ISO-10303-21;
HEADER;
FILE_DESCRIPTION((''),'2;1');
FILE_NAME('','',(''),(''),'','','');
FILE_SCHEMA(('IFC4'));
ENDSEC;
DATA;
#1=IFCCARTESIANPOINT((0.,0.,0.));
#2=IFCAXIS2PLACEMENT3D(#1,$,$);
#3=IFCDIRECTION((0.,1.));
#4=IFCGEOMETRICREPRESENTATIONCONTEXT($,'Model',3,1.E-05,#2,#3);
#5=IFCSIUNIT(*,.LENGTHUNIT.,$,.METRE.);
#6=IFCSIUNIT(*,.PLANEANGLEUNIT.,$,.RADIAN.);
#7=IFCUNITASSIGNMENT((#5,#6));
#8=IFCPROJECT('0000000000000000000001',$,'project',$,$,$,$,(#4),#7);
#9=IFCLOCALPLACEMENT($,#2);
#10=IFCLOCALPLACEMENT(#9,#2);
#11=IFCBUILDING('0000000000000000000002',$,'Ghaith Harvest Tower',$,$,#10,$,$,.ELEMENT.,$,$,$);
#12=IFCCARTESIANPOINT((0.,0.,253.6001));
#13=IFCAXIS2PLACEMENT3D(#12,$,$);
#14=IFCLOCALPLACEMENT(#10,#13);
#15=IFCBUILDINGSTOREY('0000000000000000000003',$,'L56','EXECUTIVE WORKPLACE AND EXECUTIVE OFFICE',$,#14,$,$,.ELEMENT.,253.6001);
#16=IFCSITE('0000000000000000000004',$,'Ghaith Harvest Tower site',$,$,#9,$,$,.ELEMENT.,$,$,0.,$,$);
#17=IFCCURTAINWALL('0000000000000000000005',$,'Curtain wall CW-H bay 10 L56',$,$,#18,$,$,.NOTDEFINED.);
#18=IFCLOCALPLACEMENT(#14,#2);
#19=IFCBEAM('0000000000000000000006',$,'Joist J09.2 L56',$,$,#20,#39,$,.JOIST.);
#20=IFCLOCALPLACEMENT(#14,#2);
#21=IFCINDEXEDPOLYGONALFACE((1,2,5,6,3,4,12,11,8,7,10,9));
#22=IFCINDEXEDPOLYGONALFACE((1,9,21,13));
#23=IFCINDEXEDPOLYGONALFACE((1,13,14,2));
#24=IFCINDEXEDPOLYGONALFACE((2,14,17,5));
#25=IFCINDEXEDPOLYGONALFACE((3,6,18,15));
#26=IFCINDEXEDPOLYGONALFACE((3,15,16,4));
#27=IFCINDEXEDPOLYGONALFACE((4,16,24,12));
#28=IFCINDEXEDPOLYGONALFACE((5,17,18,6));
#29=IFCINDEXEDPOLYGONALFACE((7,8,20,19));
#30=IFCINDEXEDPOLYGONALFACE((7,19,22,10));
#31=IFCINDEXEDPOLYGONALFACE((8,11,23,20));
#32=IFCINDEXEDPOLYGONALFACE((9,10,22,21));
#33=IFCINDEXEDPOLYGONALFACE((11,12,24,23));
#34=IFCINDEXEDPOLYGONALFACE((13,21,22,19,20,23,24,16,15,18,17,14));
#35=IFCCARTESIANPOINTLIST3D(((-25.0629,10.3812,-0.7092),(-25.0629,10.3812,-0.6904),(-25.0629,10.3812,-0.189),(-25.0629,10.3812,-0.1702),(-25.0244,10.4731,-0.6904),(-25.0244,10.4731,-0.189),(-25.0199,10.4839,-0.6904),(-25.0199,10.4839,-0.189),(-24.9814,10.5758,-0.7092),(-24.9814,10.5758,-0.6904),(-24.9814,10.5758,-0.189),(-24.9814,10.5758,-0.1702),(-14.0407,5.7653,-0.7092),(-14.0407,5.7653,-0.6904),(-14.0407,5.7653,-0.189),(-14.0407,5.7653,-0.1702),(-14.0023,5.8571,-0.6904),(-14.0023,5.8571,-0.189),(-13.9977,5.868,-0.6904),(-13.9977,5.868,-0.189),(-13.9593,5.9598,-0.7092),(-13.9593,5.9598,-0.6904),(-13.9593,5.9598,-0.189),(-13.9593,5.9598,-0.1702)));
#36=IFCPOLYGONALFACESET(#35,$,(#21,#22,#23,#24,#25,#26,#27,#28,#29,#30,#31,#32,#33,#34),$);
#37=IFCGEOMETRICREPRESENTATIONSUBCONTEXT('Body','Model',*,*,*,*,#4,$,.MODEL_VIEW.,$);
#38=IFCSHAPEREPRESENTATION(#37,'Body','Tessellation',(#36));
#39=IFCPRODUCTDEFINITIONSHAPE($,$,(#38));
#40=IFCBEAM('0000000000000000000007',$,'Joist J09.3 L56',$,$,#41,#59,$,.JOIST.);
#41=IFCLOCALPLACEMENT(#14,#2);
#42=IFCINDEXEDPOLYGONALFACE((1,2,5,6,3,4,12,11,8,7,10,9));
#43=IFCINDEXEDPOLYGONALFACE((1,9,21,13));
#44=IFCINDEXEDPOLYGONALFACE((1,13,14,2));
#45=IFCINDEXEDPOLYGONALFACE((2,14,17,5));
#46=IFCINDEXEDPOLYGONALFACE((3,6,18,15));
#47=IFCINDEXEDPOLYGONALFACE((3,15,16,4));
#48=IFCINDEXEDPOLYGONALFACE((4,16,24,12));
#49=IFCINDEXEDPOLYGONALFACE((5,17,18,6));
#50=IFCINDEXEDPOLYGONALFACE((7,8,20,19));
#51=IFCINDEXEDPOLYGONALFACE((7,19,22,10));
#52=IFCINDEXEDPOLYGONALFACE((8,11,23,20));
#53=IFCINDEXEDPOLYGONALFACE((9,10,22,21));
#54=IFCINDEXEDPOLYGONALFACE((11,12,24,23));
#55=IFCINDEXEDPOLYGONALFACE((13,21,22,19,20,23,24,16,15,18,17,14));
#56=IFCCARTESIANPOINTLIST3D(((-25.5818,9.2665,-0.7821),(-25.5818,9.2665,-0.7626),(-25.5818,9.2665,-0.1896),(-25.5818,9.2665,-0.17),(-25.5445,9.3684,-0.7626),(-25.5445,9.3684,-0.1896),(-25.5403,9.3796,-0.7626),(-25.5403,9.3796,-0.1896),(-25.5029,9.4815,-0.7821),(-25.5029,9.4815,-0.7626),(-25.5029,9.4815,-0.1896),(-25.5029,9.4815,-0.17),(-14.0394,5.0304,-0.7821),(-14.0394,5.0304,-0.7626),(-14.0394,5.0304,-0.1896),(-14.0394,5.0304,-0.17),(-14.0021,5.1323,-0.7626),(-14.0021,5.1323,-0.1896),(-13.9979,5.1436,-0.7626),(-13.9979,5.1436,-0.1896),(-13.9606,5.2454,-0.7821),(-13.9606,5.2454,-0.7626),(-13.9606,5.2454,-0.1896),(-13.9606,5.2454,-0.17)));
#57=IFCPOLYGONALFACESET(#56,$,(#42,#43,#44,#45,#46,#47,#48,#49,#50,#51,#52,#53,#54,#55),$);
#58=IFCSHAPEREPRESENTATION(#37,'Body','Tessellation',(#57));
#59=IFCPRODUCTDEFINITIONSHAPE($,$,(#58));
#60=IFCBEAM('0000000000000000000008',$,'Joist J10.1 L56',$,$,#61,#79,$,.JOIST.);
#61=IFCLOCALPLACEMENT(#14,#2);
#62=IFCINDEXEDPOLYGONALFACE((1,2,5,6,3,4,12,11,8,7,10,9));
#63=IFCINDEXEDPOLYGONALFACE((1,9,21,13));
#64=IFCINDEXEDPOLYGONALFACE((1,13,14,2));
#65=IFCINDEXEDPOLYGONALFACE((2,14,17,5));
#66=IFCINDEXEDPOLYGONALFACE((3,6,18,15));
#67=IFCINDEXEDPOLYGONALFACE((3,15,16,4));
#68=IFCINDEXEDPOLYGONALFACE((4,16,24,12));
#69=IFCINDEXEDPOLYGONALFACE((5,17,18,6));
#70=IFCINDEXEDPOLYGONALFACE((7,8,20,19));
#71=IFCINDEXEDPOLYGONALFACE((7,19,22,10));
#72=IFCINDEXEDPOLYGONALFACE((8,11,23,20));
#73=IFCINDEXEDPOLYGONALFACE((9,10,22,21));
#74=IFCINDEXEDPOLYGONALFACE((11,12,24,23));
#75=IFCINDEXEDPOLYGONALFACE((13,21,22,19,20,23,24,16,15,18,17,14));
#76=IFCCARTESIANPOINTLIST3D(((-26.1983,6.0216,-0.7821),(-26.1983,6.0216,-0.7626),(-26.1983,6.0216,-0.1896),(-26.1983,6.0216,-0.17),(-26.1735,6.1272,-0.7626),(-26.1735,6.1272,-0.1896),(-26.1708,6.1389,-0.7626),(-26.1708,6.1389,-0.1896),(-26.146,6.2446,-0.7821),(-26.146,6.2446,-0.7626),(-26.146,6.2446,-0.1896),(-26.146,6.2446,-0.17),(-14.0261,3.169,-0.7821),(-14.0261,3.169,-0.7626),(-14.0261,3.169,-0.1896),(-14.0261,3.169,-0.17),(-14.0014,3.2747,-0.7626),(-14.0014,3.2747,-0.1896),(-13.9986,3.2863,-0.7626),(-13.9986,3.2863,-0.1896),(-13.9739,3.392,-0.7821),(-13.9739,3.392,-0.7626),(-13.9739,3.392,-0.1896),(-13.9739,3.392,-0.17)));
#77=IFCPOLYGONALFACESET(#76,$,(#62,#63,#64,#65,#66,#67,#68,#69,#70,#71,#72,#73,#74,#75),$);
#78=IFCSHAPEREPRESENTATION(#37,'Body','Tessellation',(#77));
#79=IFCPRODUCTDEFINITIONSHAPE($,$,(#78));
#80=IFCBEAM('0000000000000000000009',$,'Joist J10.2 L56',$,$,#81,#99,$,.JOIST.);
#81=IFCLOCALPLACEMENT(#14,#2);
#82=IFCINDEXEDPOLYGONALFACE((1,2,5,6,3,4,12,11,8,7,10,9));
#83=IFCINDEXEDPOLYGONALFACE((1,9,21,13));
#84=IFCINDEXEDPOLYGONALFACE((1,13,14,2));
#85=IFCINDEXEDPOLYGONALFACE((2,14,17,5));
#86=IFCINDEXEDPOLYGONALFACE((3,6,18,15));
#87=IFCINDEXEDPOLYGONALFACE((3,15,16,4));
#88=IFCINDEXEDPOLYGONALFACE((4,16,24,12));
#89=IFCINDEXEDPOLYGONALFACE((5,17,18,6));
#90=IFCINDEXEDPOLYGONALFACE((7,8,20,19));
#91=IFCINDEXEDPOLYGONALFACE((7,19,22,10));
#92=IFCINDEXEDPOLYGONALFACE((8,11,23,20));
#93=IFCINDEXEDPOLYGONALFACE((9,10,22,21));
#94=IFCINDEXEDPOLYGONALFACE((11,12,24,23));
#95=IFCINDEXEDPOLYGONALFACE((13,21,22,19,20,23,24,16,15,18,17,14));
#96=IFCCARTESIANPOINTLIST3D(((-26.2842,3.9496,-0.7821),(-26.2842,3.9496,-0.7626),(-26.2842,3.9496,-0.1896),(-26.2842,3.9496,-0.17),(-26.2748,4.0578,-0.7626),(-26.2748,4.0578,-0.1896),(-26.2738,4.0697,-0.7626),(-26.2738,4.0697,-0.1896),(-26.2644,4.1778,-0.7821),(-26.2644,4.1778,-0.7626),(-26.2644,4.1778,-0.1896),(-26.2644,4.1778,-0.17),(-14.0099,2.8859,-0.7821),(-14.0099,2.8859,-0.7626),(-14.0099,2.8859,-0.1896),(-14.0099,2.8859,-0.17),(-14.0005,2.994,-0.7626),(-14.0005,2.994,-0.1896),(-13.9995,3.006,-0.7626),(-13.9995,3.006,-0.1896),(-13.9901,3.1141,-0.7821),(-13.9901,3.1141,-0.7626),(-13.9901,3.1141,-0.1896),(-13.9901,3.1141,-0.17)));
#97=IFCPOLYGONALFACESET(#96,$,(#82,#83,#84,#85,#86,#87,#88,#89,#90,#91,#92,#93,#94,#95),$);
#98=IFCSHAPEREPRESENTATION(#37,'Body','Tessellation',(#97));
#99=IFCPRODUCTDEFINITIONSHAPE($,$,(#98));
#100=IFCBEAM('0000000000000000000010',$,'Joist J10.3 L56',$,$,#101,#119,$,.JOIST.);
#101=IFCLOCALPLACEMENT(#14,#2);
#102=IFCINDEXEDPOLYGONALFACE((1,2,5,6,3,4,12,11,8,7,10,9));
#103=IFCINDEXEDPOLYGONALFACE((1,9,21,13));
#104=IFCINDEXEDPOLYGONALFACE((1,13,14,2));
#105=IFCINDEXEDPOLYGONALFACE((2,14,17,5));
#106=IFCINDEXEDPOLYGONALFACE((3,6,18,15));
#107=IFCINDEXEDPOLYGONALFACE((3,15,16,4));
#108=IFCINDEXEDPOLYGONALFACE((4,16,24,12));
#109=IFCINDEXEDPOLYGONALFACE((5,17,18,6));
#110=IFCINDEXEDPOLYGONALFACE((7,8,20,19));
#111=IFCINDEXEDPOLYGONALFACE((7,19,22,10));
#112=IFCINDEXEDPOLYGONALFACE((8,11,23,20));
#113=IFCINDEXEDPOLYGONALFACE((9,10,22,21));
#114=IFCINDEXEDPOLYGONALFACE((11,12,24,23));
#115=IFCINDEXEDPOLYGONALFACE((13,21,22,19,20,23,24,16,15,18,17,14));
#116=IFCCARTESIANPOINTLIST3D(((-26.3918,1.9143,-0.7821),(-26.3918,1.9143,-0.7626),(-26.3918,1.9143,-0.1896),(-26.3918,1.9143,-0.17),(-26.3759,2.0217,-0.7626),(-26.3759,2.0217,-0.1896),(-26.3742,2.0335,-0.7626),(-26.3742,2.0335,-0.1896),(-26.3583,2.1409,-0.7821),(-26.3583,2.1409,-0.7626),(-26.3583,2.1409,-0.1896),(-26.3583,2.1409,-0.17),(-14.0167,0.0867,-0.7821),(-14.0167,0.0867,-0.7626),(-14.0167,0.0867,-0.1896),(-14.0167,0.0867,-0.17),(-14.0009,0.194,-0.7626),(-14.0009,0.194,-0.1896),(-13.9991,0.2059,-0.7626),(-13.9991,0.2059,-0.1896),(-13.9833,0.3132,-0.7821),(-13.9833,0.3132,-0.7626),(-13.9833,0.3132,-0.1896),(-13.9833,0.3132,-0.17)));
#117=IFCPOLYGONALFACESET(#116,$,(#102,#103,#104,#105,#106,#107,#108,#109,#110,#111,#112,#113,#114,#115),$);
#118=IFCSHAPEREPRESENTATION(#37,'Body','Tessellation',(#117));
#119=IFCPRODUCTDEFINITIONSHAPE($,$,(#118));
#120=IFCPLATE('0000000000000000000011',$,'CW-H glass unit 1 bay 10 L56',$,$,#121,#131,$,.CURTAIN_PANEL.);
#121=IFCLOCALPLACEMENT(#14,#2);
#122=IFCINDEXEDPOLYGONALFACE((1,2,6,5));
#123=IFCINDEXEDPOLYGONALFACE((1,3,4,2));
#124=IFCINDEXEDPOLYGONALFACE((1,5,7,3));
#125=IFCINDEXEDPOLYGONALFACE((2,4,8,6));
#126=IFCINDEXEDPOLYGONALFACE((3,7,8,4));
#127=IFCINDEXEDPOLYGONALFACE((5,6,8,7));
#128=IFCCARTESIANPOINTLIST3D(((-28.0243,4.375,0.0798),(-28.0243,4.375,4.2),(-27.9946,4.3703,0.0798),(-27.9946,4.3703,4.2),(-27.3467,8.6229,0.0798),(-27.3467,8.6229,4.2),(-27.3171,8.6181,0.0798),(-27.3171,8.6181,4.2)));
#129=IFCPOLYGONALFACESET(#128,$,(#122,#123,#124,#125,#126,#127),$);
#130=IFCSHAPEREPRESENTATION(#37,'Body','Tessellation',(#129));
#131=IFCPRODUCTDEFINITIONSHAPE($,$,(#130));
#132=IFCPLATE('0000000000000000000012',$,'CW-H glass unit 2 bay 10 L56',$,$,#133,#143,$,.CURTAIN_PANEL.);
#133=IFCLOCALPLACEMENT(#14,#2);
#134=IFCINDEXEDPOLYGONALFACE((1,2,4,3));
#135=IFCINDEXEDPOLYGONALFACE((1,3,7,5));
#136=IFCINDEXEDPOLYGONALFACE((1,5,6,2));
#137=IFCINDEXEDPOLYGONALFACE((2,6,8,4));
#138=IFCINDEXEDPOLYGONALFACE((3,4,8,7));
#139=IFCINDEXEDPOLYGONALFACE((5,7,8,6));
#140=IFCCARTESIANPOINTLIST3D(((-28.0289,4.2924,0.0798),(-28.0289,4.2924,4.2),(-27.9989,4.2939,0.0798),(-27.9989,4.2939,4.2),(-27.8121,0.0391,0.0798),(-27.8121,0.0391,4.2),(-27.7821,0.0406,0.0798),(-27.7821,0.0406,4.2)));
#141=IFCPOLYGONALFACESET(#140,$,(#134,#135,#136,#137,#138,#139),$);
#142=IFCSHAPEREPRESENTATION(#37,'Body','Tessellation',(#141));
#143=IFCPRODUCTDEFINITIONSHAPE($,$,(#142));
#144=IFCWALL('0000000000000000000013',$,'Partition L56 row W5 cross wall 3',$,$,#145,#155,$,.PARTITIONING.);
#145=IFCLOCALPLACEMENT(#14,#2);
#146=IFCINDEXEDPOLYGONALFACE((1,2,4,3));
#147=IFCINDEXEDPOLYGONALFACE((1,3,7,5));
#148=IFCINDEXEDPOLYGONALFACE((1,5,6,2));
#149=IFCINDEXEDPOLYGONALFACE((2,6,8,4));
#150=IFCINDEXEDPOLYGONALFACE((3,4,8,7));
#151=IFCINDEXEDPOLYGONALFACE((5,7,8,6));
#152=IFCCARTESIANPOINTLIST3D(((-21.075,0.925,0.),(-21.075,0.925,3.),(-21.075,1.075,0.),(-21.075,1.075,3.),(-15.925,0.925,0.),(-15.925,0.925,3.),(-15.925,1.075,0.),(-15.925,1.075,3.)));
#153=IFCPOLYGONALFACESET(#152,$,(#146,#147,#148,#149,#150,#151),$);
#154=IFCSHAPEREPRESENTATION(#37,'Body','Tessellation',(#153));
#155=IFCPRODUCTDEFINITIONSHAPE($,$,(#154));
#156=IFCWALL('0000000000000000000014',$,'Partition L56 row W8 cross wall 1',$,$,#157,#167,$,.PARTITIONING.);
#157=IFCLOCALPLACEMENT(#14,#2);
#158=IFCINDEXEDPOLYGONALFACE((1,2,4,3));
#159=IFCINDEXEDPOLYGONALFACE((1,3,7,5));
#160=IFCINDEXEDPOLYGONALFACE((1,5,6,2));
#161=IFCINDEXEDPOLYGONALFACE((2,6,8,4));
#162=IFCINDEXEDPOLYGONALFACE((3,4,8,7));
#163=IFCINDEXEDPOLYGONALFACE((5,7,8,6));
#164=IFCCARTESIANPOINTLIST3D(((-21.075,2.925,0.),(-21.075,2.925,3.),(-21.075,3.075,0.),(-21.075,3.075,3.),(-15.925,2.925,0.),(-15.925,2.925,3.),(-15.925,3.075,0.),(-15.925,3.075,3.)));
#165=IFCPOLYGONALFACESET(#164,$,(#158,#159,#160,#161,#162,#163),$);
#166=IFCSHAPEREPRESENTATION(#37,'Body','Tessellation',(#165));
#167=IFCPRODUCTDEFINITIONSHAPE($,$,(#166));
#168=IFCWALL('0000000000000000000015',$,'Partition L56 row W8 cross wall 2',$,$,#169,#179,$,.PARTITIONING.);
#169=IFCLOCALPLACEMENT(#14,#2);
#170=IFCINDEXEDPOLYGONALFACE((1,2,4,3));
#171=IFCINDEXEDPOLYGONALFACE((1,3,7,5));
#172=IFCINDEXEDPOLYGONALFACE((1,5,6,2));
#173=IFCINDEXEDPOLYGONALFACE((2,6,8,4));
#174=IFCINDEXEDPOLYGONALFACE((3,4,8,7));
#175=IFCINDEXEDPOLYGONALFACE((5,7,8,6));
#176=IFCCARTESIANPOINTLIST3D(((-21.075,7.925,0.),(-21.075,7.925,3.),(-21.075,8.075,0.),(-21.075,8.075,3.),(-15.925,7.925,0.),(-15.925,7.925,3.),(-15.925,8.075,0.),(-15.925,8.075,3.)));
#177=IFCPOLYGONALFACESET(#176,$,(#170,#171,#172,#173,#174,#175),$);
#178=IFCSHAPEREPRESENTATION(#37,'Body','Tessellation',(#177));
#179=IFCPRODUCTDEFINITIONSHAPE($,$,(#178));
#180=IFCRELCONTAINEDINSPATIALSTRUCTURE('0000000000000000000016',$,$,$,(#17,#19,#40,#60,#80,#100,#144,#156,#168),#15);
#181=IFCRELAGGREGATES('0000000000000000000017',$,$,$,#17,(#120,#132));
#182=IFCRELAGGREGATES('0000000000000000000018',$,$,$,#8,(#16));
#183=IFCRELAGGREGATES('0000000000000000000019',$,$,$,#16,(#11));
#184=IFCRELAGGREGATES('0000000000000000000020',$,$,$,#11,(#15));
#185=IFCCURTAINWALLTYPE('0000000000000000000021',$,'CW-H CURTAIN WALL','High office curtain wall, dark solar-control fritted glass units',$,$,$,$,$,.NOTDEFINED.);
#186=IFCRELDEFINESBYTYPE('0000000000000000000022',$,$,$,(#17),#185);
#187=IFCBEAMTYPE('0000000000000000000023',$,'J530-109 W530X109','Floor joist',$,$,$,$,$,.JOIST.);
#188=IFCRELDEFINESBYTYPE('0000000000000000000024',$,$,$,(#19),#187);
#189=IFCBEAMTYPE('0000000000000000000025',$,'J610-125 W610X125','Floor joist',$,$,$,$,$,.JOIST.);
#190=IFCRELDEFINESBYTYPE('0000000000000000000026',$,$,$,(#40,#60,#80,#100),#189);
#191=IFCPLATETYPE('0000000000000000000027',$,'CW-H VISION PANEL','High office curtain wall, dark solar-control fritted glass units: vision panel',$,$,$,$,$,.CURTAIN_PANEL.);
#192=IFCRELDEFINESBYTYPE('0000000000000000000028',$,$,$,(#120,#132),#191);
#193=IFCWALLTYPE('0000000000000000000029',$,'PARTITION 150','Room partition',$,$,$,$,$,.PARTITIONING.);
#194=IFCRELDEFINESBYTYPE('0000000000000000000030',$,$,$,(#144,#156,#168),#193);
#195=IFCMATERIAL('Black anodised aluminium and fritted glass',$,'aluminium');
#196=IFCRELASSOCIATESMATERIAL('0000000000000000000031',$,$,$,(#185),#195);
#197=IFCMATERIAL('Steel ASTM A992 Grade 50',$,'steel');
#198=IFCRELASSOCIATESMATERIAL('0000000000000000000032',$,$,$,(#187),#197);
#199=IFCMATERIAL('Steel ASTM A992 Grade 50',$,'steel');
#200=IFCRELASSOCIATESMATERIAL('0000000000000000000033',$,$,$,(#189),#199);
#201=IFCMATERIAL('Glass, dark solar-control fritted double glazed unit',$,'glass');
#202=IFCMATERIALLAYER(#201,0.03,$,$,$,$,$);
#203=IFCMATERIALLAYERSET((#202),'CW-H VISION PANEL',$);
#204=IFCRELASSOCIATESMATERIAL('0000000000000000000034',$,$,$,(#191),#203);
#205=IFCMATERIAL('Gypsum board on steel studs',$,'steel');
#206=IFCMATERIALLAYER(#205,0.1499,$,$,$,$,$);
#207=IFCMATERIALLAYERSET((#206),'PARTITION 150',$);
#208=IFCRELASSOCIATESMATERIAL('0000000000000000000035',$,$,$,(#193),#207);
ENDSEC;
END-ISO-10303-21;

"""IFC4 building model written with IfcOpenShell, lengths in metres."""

from ifc_helpers import new_model, si_unit, direction, frame, frame_2d, origin, origin_2d, place, context, subcontext, project, spatial, rectangle, i_section, extrude, material, layer, layer_set, material_profile, profile_set, type_object, element, aggregate, save


model = new_model("IFC4")

# Units and contexts
model_context = context("Model", 3, precision=1e-05, world=origin(), true_north=direction((0.0, 1.0)))
body_context = subcontext(model_context, "Body", "Model", "MODEL_VIEW")
ifc_project = project(units=[si_unit("LENGTHUNIT", "METRE"), si_unit("PLANEANGLEUNIT", "RADIAN")], contexts=[model_context])

# Site, building, storey
site_placement = place(None, origin())
site = spatial("IfcSite", under=ifc_project, at=site_placement, Name="Ghaith Harvest Tower site", CompositionType="ELEMENT", RefElevation=0.0)
building_placement = place(site_placement, origin())
building = spatial("IfcBuilding", under=site, at=building_placement, Name="Ghaith Harvest Tower", CompositionType="ELEMENT")
storey_placement = place(building_placement, frame((0.0, 0.0, 253.6001)))
storey = spatial("IfcBuildingStorey", under=building, at=storey_placement, Name="L56", Description="EXECUTIVE WORKPLACE AND EXECUTIVE OFFICE", CompositionType="ELEMENT", Elevation=253.6001)

# Curtain wall
ifc_material_1 = material(Name="Black anodised aluminium and fritted glass", Category="aluminium")
curtain_wall_type = type_object("IfcCurtainWallType", Name="CW-H CURTAIN WALL", Description="High office curtain wall, dark solar-control fritted glass units", PredefinedType="NOTDEFINED", material=ifc_material_1)
curtain_wall_placement = place(storey_placement, origin())
curtain_wall = element("IfcCurtainWall", 1, at=curtain_wall_placement, inside=storey, type_object=curtain_wall_type, Name="Curtain wall CW-H bay 10 L56", PredefinedType="NOTDEFINED")

# Beams
ifc_material_2 = material(Name="Steel ASTM A992 Grade 50", Category="steel")
ifc_material_profile_1 = material_profile(ifc_material_2, i_section(OverallWidth=0.2109, OverallDepth=0.5391, WebThickness=0.0117, FlangeThickness=0.0188, at=origin_2d()), Name="W530X109")
ifc_profile_set_1 = profile_set([ifc_material_profile_1], Name="Steel ASTM A992 Grade 50")
beam_type_1 = type_object("IfcBeamType", Name="J530-109 W530X109", Description="Floor joist", PredefinedType="JOIST", material=ifc_profile_set_1)
beam_1_placement = place(storey_placement, frame((-14.0, 5.8625, -0.4397), z_axis=(-0.922381, 0.386282, 0.0), x_axis=(-0.386282, -0.922381, 0.0)))
element("IfcBeam", 2, at=beam_1_placement, inside=storey, type_object=beam_type_1, Name="Joist J09.2 L56", PredefinedType="JOIST", context=body_context, shape_type="SweptSolid", body=[
    extrude(i_section(OverallWidth=0.2109, OverallDepth=0.5391, WebThickness=0.0117, FlangeThickness=0.0188, at=origin_2d()), origin(), (0.0, 0.0, 1.0), 11.9497),
])
ifc_material_3 = material(Name="Steel ASTM A992 Grade 50", Category="steel")
ifc_material_profile_2 = material_profile(ifc_material_3, i_section(OverallWidth=0.229, OverallDepth=0.6121, WebThickness=0.012, FlangeThickness=0.0195, at=origin_2d()), Name="W610X125")
ifc_profile_set_2 = profile_set([ifc_material_profile_2], Name="Steel ASTM A992 Grade 50")
beam_type_2 = type_object("IfcBeamType", Name="J610-125 W610X125", Description="Floor joist", PredefinedType="JOIST", material=ifc_profile_set_2)
beam_2_placement = place(storey_placement, frame((-14.0, 5.1379, -0.4761), z_axis=(-0.938775, 0.34453, 0.0), x_axis=(-0.34453, -0.938775, 0.0)))
element("IfcBeam", 3, at=beam_2_placement, inside=storey, type_object=beam_type_2, Name="Joist J09.3 L56", PredefinedType="JOIST", context=body_context, shape_type="SweptSolid", body=[
    extrude(i_section(OverallWidth=0.229, OverallDepth=0.6121, WebThickness=0.012, FlangeThickness=0.0195, at=origin_2d()), origin(), (0.0, 0.0, 1.0), 12.2952),
])
beam_3_placement = place(storey_placement, frame((-14.0, 3.2805, -0.4761), z_axis=(-0.973622, 0.228168, 0.0), x_axis=(-0.228168, -0.973622, 0.0)))
element("IfcBeam", 4, at=beam_3_placement, inside=storey, type_object=beam_type_2, Name="Joist J10.1 L56", PredefinedType="JOIST", context=body_context, shape_type="SweptSolid", body=[
    extrude(i_section(OverallWidth=0.229, OverallDepth=0.6121, WebThickness=0.012, FlangeThickness=0.0195, at=origin_2d()), origin(), (0.0, 0.0, 1.0), 12.502),
])
beam_4_placement = place(storey_placement, frame((-14.0, 3.0, -0.4761), z_axis=(-0.996266, 0.086338, 0.0), x_axis=(-0.086338, -0.996266, 0.0)))
element("IfcBeam", 5, at=beam_4_placement, inside=storey, type_object=beam_type_2, Name="Joist J10.2 L56", PredefinedType="JOIST", context=body_context, shape_type="SweptSolid", body=[
    extrude(i_section(OverallWidth=0.229, OverallDepth=0.6121, WebThickness=0.012, FlangeThickness=0.0195, at=origin_2d()), origin(), (0.0, 0.0, 1.0), 12.3203),
])
beam_5_placement = place(storey_placement, frame((-14.0, 0.2, -0.4761), z_axis=(-0.989269, 0.146103, 0.0), x_axis=(-0.146103, -0.989269, 0.0)))
element("IfcBeam", 6, at=beam_5_placement, inside=storey, type_object=beam_type_2, Name="Joist J10.3 L56", PredefinedType="JOIST", context=body_context, shape_type="SweptSolid", body=[
    extrude(i_section(OverallWidth=0.229, OverallDepth=0.6121, WebThickness=0.012, FlangeThickness=0.0195, at=origin_2d()), origin(), (0.0, 0.0, 1.0), 12.5093),
])

# Plates
ifc_material_4 = material(Name="Glass, dark solar-control fritted double glazed unit", Category="glass")
ifc_layer_1 = layer(ifc_material_4, 0.03)
ifc_layer_set_1 = layer_set([ifc_layer_1], Name="CW-H VISION PANEL")
plate_type = type_object("IfcPlateType", Name="CW-H VISION PANEL", Description="High office curtain wall, dark solar-control fritted glass units: vision panel", PredefinedType="CURTAIN_PANEL", material=ifc_layer_set_1)
plate_1_placement = place(storey_placement, frame((-27.6707, 6.4966, 0.0798), z_axis=(0.0, 0.0, 1.0), x_axis=(-0.157514, -0.987517, 0.0)))
plate_1 = element("IfcPlate", 7, at=plate_1_placement, type_object=plate_type, Name="CW-H glass unit 1 bay 10 L56", PredefinedType="CURTAIN_PANEL", context=body_context, shape_type="SweptSolid", body=[
    extrude(rectangle(XDim=4.3015, YDim=0.03, at=origin_2d()), origin(), (0.0, 0.0, 1.0), 4.1201),
])
plate_2_placement = place(storey_placement, frame((-27.9055, 2.1665, 0.0798), z_axis=(0.0, 0.0, 1.0), x_axis=(0.050895, -0.998704, 0.0)))
plate_2 = element("IfcPlate", 8, at=plate_2_placement, type_object=plate_type, Name="CW-H glass unit 2 bay 10 L56", PredefinedType="CURTAIN_PANEL", context=body_context, shape_type="SweptSolid", body=[
    extrude(rectangle(XDim=4.2588, YDim=0.03, at=origin_2d()), origin(), (0.0, 0.0, 1.0), 4.1201),
])
aggregate(curtain_wall, [plate_1, plate_2])

# Walls
ifc_material_5 = material(Name="Gypsum board on steel studs", Category="steel")
ifc_layer_2 = layer(ifc_material_5, 0.1499)
ifc_layer_set_2 = layer_set([ifc_layer_2], Name="PARTITION 150")
wall_type_1 = type_object("IfcWallType", Name="PARTITION 150", Description="Room partition", PredefinedType="PARTITIONING", material=ifc_layer_set_2)
for number, where, z_axis, x_axis, name in (
    (9, (-15.925, 1.0, 0.0), (0.0, 0.0, 1.0), (-1.0, 0.0, 0.0), "Partition L56 row W5 cross wall 3"),
    (10, (-15.925, 3.0, 0.0), (0.0, 0.0, 1.0), (-1.0, 0.0, 0.0), "Partition L56 row W8 cross wall 1"),
    (11, (-15.925, 8.0, 0.0), (0.0, 0.0, 1.0), (-1.0, 0.0, 0.0), "Partition L56 row W8 cross wall 2"),
):
    element("IfcWall", number, at=place(storey_placement, frame(where, z_axis=z_axis, x_axis=x_axis)), inside=storey, type_object=wall_type_1, Name=name, PredefinedType="PARTITIONING", context=body_context, shape_type="SweptSolid", body=[
        extrude(rectangle(XDim=5.1499, YDim=0.1499, at=frame_2d((2.575, 0.0))), origin(), (0.0, 0.0, 1.0), 3.0),
    ])

save(model, "model.ifc")
